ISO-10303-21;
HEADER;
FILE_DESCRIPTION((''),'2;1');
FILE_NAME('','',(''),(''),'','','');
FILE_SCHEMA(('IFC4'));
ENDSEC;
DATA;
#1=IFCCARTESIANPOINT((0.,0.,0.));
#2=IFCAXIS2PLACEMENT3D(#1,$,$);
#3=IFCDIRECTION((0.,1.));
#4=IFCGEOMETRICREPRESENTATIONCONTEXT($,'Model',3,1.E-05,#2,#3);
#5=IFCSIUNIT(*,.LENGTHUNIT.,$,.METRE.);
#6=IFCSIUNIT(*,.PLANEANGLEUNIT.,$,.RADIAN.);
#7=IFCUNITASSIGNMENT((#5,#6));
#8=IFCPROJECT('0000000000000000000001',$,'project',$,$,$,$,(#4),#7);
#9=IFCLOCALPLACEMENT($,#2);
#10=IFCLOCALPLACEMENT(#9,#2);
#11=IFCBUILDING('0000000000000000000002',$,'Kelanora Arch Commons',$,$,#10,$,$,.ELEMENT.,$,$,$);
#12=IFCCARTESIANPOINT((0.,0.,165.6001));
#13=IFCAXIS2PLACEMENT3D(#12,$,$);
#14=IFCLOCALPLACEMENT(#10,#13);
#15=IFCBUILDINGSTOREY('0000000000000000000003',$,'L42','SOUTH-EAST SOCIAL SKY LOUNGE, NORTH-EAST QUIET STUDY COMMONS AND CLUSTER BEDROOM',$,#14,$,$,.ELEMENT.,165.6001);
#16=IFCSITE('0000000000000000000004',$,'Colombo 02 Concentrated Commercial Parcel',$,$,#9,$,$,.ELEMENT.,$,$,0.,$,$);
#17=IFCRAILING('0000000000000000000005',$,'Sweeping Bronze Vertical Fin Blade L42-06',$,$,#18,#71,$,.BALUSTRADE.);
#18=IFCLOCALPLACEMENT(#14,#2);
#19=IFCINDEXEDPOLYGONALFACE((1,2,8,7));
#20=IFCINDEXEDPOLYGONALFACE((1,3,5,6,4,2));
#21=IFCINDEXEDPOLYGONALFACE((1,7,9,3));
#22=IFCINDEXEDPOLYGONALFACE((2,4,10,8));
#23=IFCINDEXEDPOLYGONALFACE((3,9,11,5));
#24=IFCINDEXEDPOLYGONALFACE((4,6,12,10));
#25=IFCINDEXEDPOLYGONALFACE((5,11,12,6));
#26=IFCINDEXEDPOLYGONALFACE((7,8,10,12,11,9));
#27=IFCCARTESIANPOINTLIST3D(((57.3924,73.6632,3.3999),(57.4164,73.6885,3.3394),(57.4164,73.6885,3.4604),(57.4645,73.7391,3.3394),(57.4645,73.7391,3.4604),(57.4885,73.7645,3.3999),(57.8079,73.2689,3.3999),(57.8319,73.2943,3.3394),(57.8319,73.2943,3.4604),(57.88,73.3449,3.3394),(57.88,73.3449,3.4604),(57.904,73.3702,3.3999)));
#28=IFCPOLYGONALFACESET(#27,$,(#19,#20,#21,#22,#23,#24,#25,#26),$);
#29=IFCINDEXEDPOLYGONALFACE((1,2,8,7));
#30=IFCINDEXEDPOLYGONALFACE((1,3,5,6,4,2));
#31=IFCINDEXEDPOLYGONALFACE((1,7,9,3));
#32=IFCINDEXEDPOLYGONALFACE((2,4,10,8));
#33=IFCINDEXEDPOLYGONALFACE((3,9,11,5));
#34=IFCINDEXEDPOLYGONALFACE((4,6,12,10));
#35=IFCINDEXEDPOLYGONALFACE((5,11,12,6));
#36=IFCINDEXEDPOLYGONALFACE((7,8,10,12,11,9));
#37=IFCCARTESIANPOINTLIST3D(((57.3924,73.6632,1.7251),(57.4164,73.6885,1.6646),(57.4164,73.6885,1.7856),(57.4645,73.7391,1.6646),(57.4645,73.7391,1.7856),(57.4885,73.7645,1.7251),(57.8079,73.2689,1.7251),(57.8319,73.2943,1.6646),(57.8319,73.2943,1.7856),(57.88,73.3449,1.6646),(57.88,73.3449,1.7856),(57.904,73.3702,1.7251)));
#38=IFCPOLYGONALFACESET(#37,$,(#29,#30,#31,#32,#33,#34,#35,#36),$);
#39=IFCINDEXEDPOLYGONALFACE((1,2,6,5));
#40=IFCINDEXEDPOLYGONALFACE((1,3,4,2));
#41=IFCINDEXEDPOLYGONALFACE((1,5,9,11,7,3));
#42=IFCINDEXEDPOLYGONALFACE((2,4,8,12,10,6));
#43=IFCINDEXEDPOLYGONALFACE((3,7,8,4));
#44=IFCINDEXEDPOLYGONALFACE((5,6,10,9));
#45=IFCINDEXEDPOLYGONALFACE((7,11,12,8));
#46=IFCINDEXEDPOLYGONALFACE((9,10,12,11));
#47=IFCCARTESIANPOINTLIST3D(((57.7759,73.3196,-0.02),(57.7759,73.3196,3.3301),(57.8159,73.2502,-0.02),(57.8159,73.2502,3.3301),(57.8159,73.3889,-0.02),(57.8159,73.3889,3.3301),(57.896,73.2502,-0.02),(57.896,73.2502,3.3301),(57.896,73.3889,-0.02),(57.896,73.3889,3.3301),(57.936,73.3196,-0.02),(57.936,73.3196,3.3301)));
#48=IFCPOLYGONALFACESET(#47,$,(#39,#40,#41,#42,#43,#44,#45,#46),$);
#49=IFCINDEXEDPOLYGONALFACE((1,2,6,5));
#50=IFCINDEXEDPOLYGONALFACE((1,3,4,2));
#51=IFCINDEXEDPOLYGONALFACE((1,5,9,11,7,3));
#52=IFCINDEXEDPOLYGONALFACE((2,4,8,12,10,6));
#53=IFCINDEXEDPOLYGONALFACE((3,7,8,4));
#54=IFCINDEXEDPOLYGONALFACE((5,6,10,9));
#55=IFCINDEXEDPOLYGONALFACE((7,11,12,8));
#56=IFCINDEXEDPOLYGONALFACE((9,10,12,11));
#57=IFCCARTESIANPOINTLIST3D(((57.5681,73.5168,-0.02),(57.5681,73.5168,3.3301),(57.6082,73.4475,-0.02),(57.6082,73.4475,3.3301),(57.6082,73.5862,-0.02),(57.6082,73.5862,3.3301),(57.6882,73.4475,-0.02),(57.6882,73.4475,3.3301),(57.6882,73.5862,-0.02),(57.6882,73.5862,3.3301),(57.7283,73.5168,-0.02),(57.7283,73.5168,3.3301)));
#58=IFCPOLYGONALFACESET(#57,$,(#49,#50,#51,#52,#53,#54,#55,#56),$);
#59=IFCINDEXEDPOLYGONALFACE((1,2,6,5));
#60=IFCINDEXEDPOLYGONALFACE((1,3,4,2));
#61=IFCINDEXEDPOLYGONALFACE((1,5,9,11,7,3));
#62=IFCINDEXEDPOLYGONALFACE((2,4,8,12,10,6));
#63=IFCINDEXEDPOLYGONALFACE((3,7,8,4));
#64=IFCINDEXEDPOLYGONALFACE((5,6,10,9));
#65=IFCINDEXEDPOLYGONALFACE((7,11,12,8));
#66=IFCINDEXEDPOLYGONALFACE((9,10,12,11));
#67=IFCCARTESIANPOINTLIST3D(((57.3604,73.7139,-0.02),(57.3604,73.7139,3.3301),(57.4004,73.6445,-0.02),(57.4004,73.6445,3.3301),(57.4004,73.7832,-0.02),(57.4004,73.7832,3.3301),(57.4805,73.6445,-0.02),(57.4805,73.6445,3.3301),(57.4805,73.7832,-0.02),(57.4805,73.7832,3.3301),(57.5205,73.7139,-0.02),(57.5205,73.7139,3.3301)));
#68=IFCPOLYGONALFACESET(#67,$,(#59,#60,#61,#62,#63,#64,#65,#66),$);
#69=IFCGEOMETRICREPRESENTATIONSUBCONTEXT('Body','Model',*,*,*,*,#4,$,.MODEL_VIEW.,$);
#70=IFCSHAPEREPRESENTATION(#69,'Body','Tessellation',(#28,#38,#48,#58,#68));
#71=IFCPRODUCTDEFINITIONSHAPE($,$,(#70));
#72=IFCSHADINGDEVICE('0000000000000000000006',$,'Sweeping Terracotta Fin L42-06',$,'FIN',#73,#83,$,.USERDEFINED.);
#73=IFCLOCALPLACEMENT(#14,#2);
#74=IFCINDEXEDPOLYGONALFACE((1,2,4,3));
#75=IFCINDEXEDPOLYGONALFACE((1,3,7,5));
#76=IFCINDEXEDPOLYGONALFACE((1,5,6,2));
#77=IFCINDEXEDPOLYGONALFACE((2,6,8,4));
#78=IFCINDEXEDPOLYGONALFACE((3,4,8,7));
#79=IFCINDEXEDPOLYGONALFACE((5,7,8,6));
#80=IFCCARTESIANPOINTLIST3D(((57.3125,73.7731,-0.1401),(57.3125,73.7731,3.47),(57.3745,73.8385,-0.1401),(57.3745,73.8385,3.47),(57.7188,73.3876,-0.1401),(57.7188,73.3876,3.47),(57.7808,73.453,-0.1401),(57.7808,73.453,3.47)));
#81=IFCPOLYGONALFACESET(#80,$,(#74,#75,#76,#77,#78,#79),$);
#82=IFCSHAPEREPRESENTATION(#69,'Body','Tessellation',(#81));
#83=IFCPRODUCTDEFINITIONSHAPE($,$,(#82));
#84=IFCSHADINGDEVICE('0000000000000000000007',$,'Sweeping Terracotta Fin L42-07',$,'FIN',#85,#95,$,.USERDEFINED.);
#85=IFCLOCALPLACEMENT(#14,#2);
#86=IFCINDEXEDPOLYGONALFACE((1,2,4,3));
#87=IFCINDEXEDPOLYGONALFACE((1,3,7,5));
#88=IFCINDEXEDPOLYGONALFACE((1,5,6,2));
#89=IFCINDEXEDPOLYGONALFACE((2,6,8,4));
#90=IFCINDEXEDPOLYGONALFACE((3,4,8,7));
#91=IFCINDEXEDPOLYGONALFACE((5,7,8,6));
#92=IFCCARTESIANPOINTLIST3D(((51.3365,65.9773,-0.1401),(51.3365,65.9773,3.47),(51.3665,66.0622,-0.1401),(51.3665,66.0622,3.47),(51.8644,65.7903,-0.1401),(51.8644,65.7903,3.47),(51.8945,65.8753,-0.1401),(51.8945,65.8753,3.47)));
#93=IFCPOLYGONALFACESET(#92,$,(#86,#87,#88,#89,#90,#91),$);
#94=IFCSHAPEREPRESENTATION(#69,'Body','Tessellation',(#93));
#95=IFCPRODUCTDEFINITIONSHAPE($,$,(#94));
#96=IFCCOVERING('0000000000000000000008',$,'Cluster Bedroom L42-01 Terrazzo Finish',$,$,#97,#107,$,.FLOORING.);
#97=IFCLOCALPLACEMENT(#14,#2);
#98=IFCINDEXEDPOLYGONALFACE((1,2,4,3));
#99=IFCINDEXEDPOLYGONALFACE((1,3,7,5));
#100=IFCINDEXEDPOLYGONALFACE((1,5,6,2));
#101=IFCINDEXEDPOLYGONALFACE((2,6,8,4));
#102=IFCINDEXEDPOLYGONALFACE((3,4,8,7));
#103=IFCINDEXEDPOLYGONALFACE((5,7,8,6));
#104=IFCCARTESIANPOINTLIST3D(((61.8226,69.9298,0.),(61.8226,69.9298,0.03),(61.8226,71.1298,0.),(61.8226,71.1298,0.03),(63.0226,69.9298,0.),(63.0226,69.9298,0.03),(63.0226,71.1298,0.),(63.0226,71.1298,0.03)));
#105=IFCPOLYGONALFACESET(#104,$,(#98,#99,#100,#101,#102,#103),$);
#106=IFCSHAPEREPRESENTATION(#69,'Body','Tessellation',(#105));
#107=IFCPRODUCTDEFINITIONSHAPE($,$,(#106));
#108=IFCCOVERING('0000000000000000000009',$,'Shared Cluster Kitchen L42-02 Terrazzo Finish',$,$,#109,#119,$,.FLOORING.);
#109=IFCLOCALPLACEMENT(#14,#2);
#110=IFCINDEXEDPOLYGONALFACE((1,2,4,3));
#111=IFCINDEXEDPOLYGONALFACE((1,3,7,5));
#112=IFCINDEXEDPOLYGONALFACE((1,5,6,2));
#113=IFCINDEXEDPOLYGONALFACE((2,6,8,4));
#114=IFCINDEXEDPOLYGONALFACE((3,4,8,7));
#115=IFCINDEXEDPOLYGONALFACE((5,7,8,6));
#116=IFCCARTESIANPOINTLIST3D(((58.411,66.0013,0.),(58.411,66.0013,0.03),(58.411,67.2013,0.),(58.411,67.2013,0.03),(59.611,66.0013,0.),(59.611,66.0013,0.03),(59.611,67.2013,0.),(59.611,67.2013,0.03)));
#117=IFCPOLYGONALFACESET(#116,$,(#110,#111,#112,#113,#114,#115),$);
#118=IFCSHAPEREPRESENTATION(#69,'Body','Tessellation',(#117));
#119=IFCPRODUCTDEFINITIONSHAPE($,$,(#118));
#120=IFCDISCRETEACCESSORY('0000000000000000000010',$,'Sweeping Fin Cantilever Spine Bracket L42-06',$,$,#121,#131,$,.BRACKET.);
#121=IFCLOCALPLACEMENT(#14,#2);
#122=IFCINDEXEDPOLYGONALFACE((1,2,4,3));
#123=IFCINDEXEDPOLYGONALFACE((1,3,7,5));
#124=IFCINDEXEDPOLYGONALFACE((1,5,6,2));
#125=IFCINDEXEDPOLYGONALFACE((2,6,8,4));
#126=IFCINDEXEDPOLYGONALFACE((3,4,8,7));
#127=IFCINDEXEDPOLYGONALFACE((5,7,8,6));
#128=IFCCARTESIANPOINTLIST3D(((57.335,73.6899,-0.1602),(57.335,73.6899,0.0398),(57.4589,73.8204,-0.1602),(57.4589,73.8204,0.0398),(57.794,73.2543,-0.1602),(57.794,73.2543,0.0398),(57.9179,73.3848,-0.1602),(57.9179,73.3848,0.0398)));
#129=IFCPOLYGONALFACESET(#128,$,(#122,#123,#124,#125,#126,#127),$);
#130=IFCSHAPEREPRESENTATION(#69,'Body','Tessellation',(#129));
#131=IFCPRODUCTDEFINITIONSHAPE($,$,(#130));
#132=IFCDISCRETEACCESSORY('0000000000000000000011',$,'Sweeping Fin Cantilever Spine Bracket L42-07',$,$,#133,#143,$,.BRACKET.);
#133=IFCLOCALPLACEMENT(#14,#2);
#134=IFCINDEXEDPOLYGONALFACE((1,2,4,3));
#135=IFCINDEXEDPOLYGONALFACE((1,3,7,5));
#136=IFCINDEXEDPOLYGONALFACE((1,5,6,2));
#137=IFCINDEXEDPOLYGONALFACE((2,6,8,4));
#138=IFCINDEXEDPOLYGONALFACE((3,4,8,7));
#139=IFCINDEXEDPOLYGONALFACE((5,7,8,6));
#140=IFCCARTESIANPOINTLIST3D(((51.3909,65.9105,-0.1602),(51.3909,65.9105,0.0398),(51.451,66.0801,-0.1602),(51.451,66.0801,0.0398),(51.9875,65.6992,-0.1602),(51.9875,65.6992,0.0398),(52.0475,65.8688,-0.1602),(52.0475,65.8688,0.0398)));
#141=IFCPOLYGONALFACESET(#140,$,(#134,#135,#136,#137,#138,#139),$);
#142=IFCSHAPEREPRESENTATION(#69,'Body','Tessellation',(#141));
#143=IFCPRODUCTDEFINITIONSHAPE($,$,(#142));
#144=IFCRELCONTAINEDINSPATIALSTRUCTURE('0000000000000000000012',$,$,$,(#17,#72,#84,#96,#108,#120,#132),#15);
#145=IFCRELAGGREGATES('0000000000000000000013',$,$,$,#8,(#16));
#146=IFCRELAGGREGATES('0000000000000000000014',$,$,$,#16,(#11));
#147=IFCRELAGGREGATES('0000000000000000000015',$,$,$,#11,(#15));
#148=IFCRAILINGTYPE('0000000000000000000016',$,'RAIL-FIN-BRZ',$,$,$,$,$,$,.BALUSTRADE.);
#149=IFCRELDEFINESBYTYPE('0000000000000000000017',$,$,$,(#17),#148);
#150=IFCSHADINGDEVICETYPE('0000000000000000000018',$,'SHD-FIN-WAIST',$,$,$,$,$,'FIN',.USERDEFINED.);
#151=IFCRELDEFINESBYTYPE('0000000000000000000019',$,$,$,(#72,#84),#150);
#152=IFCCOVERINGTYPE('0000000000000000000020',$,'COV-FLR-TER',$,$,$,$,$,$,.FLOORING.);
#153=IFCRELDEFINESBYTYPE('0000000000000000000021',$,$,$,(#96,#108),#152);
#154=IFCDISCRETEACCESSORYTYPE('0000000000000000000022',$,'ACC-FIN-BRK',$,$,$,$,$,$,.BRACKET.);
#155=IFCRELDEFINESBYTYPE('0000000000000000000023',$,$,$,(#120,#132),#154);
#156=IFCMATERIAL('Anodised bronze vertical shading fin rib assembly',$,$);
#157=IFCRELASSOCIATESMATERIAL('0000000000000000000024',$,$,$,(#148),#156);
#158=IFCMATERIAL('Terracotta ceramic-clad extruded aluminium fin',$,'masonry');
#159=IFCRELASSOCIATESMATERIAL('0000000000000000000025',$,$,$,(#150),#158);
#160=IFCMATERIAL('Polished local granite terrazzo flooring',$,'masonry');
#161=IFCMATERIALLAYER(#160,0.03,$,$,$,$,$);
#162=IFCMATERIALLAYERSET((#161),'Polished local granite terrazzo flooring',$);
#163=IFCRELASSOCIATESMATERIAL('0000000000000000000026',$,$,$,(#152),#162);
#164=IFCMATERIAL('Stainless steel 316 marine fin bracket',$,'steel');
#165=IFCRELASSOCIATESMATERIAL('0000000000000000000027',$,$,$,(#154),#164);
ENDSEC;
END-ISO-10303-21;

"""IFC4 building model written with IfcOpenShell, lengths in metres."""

from ifc_helpers import new_model, si_unit, direction, frame, origin, origin_2d, place, context, subcontext, project, spatial, polyline, rectangle, outline, extrude, source, transform, mapped, material, layer, layer_set, type_object, element, save


model = new_model("IFC4")

# Units and contexts
model_context = context("Model", 3, precision=1e-05, world=origin(), true_north=direction((0.0, 1.0)))
body_context = subcontext(model_context, "Body", "Model", "MODEL_VIEW")
ifc_project = project(units=[si_unit("LENGTHUNIT", "METRE"), si_unit("PLANEANGLEUNIT", "RADIAN")], contexts=[model_context])

# Site, building, storey
site_placement = place(None, origin())
site = spatial("IfcSite", under=ifc_project, at=site_placement, Name="Colombo 02 Concentrated Commercial Parcel", CompositionType="ELEMENT", RefElevation=0.0)
building_placement = place(site_placement, origin())
building = spatial("IfcBuilding", under=site, at=building_placement, Name="Kelanora Arch Commons", CompositionType="ELEMENT")
storey_placement = place(building_placement, frame((0.0, 0.0, 165.6001)))
storey = spatial("IfcBuildingStorey", under=building, at=storey_placement, Name="L42", Description="SOUTH-EAST SOCIAL SKY LOUNGE, NORTH-EAST QUIET STUDY COMMONS AND CLUSTER BEDROOM", CompositionType="ELEMENT", Elevation=165.6001)

# Railing
ifc_material_1 = material(Name="Anodised bronze vertical shading fin rib assembly")
railing_type = type_object("IfcRailingType", Name="RAIL-FIN-BRZ", PredefinedType="BALUSTRADE", material=ifc_material_1)
railing_placement = place(storey_placement, frame((57.856, 73.3196, -0.02)))
element("IfcRailing", 1, at=railing_placement, inside=storey, type_object=railing_type, Name="Sweeping Bronze Vertical Fin Blade L42-06", PredefinedType="BALUSTRADE", context=body_context, shape_type="SweptSolid", body=[
    extrude(outline(polyline([(0.0698, 0.0), (0.0349, 0.0605), (-0.0349, 0.0605), (-0.0698, 0.0), (-0.0349, -0.0605), (0.0349, -0.0605), (0.0698, 0.0)])), frame((0.0, 0.0, 3.4199), z_axis=(-0.725404, 0.688324, 0.0), x_axis=(-0.688324, -0.725404, 0.0)), (0.0, 0.0, 1.0), 0.5728),
    extrude(outline(polyline([(0.0698, 0.0), (0.0349, 0.0605), (-0.0349, 0.0605), (-0.0698, 0.0), (-0.0349, -0.0605), (0.0349, -0.0605), (0.0698, 0.0)])), frame((0.0, 0.0, 1.7451), z_axis=(-0.725404, 0.688324, 0.0), x_axis=(-0.688324, -0.725404, 0.0)), (0.0, 0.0, 1.0), 0.5728),
    extrude(outline(polyline([(0.0801, 0.0), (0.04, 0.0693), (-0.04, 0.0693), (-0.0801, 0.0), (-0.04, -0.0693), (0.04, -0.0693), (0.0801, 0.0)])), origin(), (0.0, 0.0, 1.0), 3.3501),
    extrude(outline(polyline([(0.0801, 0.0), (0.04, 0.0693), (-0.04, 0.0693), (-0.0801, 0.0), (-0.04, -0.0693), (0.04, -0.0693), (0.0801, 0.0)])), frame((-0.2078, 0.1973, 0.0)), (0.0, 0.0, 1.0), 3.3501),
    extrude(outline(polyline([(0.0801, 0.0), (0.04, 0.0693), (-0.04, 0.0693), (-0.0801, 0.0), (-0.04, -0.0693), (0.04, -0.0693), (0.0801, 0.0)])), frame((-0.4155, 0.3943, 0.0)), (0.0, 0.0, 1.0), 3.3501),
])

# Shading devices
ifc_material_2 = material(Name="Terracotta ceramic-clad extruded aluminium fin", Category="masonry")
shading_device_type = type_object("IfcShadingDeviceType", Name="SHD-FIN-WAIST", ElementType="FIN", PredefinedType="USERDEFINED", material=ifc_material_2)
shared_shape_1 = source(origin(), body_context, "Body", "SweptSolid", [
    extrude(rectangle(XDim=0.5601, YDim=0.0901, at=origin_2d()), origin(), (0.0, 0.0, 1.0), 3.6101),
])
for number, where, z_axis, x_axis, name in (
    (2, (57.5466, 73.613, -0.1401), (0.0, 0.0, 1.0), (-0.725374, 0.688355, 0.0), "Sweeping Terracotta Fin L42-06"),
    (3, (51.6155, 65.9263, -0.1401), (0.0, 0.0, 1.0), (-0.942641, 0.333807, 0.0), "Sweeping Terracotta Fin L42-07"),
):
    element("IfcShadingDevice", number, at=place(storey_placement, frame(where, z_axis=z_axis, x_axis=x_axis)), inside=storey, type_object=shading_device_type, Name=name, ObjectType="FIN", PredefinedType="USERDEFINED", context=body_context, shape_type="MappedRepresentation", body=[
        mapped(shared_shape_1, transform((0.0, 0.0, 0.0), scale=1.0)),
    ])

# Coverings
ifc_material_3 = material(Name="Polished local granite terrazzo flooring", Category="masonry")
ifc_layer_1 = layer(ifc_material_3, 0.03)
ifc_layer_set_1 = layer_set([ifc_layer_1], Name="Polished local granite terrazzo flooring")
covering_type = type_object("IfcCoveringType", Name="COV-FLR-TER", PredefinedType="FLOORING", material=ifc_layer_set_1)
shared_shape_2 = source(origin(), body_context, "Body", "SweptSolid", [
    extrude(rectangle(XDim=1.2, YDim=1.2, at=origin_2d()), origin(), (0.0, 0.0, 1.0), 0.03),
])
for number, where, z_axis, x_axis, name in (
    (4, (62.4226, 70.5298, 0.0), (0.0, 0.0, 1.0), (1.0, 0.0, 0.0), "Cluster Bedroom L42-01 Terrazzo Finish"),
    (5, (59.011, 66.6013, 0.0), (0.0, 0.0, 1.0), (1.0, 0.0, 0.0), "Shared Cluster Kitchen L42-02 Terrazzo Finish"),
):
    element("IfcCovering", number, at=place(storey_placement, frame(where, z_axis=z_axis, x_axis=x_axis)), inside=storey, type_object=covering_type, Name=name, PredefinedType="FLOORING", context=body_context, shape_type="MappedRepresentation", body=[
        mapped(shared_shape_2, transform((0.0, 0.0, 0.0), scale=1.0)),
    ])

# Discrete accessories
ifc_material_4 = material(Name="Stainless steel 316 marine fin bracket", Category="steel")
discrete_accessory_type = type_object("IfcDiscreteAccessoryType", Name="ACC-FIN-BRK", PredefinedType="BRACKET", material=ifc_material_4)
shared_shape_3 = source(origin(), body_context, "Body", "SweptSolid", [
    extrude(rectangle(XDim=0.6328, YDim=0.1799, at=origin_2d()), origin(), (0.0, 0.0, 1.0), 0.2),
])
for number, where, z_axis, x_axis, name in (
    (6, (57.6265, 73.5374, -0.1602), (0.0, 0.0, 1.0), (-0.725374, 0.688355, 0.0), "Sweeping Fin Cantilever Spine Bracket L42-06"),
    (7, (51.7192, 65.8896, -0.1602), (0.0, 0.0, 1.0), (-0.942641, 0.333807, 0.0), "Sweeping Fin Cantilever Spine Bracket L42-07"),
):
    element("IfcDiscreteAccessory", number, at=place(storey_placement, frame(where, z_axis=z_axis, x_axis=x_axis)), inside=storey, type_object=discrete_accessory_type, Name=name, PredefinedType="BRACKET", context=body_context, shape_type="MappedRepresentation", body=[
        mapped(shared_shape_3, transform((0.0, 0.0, 0.0), scale=1.0)),
    ])

save(model, "model.ifc")
